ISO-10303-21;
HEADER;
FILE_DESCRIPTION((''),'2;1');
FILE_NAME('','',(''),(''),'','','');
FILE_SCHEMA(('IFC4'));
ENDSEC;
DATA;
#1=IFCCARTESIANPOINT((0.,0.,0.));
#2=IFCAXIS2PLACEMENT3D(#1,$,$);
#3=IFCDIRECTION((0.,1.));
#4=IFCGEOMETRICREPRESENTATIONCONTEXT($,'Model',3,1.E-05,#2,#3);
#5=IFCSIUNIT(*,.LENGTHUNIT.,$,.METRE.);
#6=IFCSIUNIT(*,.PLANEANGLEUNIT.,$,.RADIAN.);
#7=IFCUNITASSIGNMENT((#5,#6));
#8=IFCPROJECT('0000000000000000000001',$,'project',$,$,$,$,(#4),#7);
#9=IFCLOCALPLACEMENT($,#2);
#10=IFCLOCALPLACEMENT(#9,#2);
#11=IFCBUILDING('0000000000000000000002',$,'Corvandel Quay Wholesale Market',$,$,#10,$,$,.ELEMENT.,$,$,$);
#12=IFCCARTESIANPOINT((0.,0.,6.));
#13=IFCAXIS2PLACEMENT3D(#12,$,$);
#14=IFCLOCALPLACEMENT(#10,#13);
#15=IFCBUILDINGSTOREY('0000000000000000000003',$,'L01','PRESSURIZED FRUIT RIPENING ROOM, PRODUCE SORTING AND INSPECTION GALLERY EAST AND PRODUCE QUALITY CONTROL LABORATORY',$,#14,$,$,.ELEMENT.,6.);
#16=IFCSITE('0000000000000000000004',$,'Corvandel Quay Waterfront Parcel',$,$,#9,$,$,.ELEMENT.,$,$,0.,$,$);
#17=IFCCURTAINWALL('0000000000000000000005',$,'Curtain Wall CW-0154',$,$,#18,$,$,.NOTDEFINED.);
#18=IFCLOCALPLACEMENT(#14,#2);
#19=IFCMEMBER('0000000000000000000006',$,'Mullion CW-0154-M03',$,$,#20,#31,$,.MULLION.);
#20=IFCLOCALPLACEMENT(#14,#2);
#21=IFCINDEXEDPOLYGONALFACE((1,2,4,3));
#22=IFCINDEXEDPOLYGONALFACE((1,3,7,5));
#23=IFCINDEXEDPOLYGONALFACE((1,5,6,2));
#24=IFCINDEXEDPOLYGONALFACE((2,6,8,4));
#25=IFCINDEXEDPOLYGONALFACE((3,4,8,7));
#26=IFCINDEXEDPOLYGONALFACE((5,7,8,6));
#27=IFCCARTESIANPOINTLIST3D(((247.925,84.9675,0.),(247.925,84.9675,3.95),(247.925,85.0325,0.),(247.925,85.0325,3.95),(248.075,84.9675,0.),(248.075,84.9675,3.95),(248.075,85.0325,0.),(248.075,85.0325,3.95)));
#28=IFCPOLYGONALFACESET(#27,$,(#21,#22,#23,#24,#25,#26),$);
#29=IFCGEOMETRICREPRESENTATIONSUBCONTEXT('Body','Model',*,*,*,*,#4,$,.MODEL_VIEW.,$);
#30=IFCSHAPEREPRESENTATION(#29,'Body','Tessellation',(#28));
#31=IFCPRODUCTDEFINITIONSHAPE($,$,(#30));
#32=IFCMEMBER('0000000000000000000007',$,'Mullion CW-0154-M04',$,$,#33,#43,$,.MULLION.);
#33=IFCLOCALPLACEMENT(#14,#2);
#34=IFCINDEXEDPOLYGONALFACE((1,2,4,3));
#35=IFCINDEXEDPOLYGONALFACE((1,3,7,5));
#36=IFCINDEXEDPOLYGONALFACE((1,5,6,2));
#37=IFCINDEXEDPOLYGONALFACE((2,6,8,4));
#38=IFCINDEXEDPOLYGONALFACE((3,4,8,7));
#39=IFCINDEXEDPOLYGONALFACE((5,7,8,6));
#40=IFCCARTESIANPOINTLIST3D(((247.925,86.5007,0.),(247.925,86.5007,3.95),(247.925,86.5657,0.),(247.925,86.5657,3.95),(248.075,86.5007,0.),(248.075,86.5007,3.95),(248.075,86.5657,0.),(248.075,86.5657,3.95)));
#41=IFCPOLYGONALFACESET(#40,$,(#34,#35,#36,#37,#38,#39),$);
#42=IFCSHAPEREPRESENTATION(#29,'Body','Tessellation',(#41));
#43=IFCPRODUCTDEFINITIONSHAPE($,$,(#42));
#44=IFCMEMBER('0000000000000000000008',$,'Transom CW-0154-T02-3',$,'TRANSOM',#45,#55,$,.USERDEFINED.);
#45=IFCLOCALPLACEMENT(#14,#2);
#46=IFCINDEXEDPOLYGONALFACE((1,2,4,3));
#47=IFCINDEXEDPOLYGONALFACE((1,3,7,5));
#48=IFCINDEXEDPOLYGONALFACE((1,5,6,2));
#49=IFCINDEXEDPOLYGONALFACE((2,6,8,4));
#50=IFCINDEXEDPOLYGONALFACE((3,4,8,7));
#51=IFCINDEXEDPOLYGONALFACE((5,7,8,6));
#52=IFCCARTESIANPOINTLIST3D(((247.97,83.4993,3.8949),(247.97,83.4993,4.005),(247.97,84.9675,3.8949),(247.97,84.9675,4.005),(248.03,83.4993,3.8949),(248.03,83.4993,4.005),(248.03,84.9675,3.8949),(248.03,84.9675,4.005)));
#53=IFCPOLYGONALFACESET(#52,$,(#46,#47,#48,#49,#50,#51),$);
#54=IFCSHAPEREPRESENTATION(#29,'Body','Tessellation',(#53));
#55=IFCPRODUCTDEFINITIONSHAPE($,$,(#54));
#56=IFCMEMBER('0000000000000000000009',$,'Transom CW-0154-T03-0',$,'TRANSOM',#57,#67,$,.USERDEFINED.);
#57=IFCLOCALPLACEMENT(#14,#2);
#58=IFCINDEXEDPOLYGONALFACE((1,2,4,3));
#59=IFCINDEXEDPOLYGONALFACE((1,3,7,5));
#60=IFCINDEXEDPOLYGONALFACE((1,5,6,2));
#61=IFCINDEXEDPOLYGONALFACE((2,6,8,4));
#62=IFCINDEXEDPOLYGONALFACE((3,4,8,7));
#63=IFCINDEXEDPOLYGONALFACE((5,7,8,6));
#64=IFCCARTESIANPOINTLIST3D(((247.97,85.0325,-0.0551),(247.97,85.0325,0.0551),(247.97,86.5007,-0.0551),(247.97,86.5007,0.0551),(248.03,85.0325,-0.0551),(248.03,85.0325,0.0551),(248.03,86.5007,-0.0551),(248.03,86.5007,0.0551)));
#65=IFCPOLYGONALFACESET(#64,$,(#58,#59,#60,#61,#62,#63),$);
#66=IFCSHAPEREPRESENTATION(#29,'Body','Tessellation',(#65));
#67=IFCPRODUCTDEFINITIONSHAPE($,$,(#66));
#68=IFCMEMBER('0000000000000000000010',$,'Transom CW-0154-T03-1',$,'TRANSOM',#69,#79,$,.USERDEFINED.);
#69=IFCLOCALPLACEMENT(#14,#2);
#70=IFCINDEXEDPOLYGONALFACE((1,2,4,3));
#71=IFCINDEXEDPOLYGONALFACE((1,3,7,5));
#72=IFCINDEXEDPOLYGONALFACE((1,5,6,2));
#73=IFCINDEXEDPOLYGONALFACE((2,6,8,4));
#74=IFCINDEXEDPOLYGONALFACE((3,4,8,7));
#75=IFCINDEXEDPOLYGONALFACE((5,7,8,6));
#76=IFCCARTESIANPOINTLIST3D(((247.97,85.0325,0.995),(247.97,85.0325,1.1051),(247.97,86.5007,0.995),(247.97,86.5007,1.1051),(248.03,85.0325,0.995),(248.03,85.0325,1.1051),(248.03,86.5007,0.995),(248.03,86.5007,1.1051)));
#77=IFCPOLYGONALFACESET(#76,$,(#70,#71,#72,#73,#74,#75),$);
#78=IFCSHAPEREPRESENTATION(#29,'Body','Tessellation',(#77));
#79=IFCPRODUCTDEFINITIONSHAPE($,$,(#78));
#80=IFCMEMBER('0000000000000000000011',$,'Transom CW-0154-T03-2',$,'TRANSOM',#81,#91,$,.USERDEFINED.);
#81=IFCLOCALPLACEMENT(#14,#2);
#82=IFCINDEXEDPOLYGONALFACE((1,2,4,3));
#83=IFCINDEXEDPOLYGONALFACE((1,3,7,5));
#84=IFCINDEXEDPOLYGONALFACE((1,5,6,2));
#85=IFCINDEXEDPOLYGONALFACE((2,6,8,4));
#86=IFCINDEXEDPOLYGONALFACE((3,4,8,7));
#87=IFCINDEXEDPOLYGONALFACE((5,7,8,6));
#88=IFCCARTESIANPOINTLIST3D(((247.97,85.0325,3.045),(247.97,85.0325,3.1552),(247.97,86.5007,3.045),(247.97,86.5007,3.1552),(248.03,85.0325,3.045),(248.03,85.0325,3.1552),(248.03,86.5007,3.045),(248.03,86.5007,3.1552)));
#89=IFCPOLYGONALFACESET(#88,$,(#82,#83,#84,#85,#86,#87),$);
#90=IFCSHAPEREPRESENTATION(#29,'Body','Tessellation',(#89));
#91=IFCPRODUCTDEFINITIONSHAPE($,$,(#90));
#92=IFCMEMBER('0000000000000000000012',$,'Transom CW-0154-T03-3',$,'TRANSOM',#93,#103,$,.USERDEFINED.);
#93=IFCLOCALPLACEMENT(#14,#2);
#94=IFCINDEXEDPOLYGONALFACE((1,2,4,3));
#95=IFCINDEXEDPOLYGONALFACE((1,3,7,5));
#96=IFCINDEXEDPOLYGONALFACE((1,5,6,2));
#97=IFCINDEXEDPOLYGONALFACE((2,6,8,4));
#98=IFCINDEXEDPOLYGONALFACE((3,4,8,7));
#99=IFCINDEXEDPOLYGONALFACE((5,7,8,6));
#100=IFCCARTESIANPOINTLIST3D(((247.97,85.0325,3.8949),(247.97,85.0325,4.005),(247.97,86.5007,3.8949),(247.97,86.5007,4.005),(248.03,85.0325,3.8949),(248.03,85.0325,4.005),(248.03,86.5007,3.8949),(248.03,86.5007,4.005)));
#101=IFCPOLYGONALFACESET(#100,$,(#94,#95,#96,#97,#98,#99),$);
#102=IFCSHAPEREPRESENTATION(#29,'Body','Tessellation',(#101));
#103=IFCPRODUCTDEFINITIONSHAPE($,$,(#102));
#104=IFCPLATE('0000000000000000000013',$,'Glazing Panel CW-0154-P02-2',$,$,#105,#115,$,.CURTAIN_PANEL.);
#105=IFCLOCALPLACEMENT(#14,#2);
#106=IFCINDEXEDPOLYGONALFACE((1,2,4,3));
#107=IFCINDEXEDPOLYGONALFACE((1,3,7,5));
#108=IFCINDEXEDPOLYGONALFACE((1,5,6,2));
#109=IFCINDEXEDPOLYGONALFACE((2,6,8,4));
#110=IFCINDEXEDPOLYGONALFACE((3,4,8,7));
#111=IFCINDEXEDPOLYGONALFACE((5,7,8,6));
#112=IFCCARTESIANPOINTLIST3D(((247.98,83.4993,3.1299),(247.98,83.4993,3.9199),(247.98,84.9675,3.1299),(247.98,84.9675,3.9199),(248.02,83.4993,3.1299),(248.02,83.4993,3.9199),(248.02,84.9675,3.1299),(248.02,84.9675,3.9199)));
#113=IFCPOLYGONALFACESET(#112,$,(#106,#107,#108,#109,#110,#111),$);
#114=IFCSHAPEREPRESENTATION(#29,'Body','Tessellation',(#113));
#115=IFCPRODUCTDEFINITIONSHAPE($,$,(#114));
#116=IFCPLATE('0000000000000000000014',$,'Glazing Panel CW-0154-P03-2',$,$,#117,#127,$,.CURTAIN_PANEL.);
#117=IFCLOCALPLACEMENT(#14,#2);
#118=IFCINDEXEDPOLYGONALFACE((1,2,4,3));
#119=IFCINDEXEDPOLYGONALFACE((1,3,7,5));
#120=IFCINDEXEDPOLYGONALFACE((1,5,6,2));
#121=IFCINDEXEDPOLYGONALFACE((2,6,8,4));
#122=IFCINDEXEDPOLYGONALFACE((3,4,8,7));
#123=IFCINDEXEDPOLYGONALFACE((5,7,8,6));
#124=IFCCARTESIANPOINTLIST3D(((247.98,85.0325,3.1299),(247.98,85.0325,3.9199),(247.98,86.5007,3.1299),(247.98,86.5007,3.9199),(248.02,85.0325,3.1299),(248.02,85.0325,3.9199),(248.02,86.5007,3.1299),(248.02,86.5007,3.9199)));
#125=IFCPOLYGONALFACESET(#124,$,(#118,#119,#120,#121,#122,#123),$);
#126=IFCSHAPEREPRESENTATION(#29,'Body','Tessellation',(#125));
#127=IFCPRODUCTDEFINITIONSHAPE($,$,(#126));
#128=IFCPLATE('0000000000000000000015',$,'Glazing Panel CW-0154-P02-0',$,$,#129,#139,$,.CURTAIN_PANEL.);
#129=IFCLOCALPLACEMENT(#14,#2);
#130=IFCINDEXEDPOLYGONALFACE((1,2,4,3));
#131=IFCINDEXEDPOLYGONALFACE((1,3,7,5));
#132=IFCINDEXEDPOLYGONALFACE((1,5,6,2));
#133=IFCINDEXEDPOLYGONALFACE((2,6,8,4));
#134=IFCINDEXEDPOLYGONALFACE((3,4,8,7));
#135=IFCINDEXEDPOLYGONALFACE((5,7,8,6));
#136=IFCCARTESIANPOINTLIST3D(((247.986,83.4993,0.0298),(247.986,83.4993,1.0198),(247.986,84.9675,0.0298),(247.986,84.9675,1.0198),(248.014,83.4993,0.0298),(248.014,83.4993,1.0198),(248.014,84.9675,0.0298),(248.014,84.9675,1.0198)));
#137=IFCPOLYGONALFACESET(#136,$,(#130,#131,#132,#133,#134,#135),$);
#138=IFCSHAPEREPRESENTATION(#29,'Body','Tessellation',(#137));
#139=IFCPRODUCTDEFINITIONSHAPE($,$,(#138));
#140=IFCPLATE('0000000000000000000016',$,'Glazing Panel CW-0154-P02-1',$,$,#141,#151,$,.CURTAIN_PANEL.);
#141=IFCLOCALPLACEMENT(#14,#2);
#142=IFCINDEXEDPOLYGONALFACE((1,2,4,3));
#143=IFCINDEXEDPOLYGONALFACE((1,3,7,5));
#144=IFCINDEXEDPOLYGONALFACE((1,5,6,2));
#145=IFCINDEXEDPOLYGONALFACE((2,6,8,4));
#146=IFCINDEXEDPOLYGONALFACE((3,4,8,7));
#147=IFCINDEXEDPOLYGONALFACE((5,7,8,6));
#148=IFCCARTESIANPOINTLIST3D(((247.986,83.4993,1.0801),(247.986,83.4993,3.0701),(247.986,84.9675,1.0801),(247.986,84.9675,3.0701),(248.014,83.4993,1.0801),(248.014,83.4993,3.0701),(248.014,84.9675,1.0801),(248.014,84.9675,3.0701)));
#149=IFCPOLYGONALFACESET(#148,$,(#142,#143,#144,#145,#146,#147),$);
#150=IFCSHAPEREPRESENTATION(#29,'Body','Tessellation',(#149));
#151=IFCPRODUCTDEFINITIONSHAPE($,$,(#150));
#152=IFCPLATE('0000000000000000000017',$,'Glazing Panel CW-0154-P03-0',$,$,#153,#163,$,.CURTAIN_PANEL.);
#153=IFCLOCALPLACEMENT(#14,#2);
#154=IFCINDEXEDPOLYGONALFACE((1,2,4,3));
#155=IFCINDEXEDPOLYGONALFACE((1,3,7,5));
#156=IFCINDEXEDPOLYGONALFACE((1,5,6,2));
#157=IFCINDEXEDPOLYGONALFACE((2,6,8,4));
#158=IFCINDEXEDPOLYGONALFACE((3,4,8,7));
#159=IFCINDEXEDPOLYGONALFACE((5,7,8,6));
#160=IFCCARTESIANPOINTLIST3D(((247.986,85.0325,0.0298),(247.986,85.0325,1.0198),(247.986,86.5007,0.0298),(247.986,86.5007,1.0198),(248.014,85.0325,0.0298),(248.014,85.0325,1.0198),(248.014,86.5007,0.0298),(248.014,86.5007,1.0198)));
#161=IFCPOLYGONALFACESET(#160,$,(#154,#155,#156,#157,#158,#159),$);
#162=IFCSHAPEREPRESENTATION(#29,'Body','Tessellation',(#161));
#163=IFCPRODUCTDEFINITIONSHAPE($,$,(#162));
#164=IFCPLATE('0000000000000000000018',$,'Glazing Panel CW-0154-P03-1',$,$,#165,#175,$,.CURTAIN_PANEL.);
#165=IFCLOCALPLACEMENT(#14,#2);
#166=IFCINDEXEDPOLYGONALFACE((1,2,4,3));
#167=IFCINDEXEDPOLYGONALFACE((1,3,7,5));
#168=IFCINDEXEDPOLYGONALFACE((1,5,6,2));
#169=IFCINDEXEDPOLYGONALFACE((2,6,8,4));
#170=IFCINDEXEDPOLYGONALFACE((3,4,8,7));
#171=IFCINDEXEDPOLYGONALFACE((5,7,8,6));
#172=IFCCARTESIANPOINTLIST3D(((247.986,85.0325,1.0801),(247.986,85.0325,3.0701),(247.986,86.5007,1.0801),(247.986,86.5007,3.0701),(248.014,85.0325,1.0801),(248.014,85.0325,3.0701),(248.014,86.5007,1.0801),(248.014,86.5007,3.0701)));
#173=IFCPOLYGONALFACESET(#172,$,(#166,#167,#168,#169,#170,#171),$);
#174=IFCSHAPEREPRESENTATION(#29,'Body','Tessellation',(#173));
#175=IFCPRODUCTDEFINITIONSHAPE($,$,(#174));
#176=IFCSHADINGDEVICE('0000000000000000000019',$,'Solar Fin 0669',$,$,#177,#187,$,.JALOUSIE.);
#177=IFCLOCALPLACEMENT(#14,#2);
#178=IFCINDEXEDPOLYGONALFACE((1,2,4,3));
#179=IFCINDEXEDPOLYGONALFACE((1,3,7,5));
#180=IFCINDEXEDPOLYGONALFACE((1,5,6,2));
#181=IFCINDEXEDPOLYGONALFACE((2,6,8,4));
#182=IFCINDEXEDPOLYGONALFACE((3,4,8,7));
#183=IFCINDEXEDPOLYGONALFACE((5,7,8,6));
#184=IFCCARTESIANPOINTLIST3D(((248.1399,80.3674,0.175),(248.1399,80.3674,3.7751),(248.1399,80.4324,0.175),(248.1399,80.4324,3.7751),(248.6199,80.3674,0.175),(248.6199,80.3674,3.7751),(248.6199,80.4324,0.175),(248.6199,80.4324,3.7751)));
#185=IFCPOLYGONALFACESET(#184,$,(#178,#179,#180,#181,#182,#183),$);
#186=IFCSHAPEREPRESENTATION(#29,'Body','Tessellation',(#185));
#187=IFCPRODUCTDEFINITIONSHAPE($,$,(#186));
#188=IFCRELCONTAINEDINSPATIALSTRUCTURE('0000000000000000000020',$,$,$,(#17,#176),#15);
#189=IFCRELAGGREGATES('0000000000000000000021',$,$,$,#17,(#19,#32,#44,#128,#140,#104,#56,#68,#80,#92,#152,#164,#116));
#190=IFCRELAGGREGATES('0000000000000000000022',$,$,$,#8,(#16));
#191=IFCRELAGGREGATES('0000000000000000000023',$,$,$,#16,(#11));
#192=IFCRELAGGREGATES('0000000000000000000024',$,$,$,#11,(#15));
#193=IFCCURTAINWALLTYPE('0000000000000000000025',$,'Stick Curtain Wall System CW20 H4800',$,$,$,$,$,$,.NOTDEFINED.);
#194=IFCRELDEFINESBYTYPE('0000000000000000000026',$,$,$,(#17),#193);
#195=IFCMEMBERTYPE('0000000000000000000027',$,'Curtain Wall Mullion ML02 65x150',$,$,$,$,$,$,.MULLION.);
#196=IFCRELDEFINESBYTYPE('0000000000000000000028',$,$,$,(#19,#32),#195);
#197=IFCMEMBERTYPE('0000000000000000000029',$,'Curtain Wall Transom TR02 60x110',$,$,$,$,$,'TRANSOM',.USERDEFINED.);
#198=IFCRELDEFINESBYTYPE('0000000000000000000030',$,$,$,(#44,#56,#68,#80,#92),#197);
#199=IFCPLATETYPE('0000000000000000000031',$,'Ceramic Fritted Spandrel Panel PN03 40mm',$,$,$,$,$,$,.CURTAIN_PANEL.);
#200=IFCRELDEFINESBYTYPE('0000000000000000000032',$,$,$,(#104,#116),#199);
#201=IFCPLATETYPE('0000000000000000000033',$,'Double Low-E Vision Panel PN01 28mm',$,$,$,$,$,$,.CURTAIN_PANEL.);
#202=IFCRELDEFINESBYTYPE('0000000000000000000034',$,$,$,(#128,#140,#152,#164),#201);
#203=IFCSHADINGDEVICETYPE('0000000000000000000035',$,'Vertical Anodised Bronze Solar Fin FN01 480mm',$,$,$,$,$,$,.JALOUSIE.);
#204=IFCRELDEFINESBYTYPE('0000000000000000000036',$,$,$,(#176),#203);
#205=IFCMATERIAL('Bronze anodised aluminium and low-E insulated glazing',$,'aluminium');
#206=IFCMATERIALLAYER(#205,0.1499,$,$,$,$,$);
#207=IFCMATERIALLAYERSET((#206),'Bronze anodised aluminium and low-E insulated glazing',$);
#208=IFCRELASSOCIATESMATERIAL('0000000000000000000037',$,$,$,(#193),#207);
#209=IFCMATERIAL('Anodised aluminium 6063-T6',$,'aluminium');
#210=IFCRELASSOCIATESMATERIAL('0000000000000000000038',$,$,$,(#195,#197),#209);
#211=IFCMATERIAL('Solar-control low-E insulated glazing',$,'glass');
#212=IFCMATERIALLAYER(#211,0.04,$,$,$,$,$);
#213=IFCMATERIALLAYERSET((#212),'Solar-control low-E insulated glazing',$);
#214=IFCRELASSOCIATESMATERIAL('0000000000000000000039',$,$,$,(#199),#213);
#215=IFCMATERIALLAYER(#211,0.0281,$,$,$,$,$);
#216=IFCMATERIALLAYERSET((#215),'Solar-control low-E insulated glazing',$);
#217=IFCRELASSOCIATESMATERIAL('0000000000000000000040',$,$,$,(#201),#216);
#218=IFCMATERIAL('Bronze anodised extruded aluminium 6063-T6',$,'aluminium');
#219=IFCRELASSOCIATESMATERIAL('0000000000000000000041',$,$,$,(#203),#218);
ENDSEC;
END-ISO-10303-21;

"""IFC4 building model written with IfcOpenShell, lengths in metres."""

from ifc_helpers import new_model, si_unit, direction, frame, origin, origin_2d, place, context, subcontext, project, spatial, rectangle, extrude, material, layer, layer_set, material_profile, profile_set, type_object, element, aggregate, save


model = new_model("IFC4")

# Units and contexts
model_context = context("Model", 3, precision=1e-05, world=origin(), true_north=direction((0.0, 1.0)))
body_context = subcontext(model_context, "Body", "Model", "MODEL_VIEW")
ifc_project = project(units=[si_unit("LENGTHUNIT", "METRE"), si_unit("PLANEANGLEUNIT", "RADIAN")], contexts=[model_context])

# Site, building, storey
site_placement = place(None, origin())
site = spatial("IfcSite", under=ifc_project, at=site_placement, Name="Corvandel Quay Waterfront Parcel", CompositionType="ELEMENT", RefElevation=0.0)
building_placement = place(site_placement, origin())
building = spatial("IfcBuilding", under=site, at=building_placement, Name="Corvandel Quay Wholesale Market", CompositionType="ELEMENT")
storey_placement = place(building_placement, frame((0.0, 0.0, 6.0)))
storey = spatial("IfcBuildingStorey", under=building, at=storey_placement, Name="L01", Description="PRESSURIZED FRUIT RIPENING ROOM, PRODUCE SORTING AND INSPECTION GALLERY EAST AND PRODUCE QUALITY CONTROL LABORATORY", CompositionType="ELEMENT", Elevation=6.0)

# Curtain wall, members, plates
ifc_material_1 = material(Name="Bronze anodised aluminium and low-E insulated glazing", Category="aluminium")
ifc_layer_1 = layer(ifc_material_1, 0.1499)
ifc_layer_set_1 = layer_set([ifc_layer_1], Name="Bronze anodised aluminium and low-E insulated glazing")
curtain_wall_type = type_object("IfcCurtainWallType", Name="Stick Curtain Wall System CW20 H4800", PredefinedType="NOTDEFINED", material=ifc_layer_set_1)
curtain_wall_placement = place(storey_placement, origin())
curtain_wall = element("IfcCurtainWall", 1, at=curtain_wall_placement, inside=storey, type_object=curtain_wall_type, Name="Curtain Wall CW-0154", PredefinedType="NOTDEFINED")
ifc_material_2 = material(Name="Anodised aluminium 6063-T6", Category="aluminium")
ifc_material_profile_1 = material_profile(ifc_material_2, rectangle(XDim=0.0649, YDim=0.1499, at=origin_2d()), Name="ALU-MUL-65x150")
ifc_profile_set_1 = profile_set([ifc_material_profile_1], Name="Anodised aluminium 6063-T6")
member_type_1 = type_object("IfcMemberType", Name="Curtain Wall Mullion ML02 65x150", PredefinedType="MULLION", material=ifc_profile_set_1)
member_1_placement = place(storey_placement, frame((248.0, 85.0, 0.0), z_axis=(0.0, 0.0, 1.0), x_axis=(0.0, 1.0, 0.0)))
member_1 = element("IfcMember", 2, at=member_1_placement, type_object=member_type_1, Name="Mullion CW-0154-M03", PredefinedType="MULLION", context=body_context, shape_type="SweptSolid", body=[
    extrude(rectangle(XDim=0.0649, YDim=0.1499, at=origin_2d()), origin(), (0.0, 0.0, 1.0), 3.95),
])
member_2_placement = place(storey_placement, frame((248.0, 86.5332, 0.0), z_axis=(0.0, 0.0, 1.0), x_axis=(0.0, 1.0, 0.0)))
member_2 = element("IfcMember", 3, at=member_2_placement, type_object=member_type_1, Name="Mullion CW-0154-M04", PredefinedType="MULLION", context=body_context, shape_type="SweptSolid", body=[
    extrude(rectangle(XDim=0.0649, YDim=0.1499, at=origin_2d()), origin(), (0.0, 0.0, 1.0), 3.95),
])
ifc_material_profile_2 = material_profile(ifc_material_2, rectangle(XDim=0.0601, YDim=0.1101, at=origin_2d()), Name="ALU-TRN-60x110")
ifc_profile_set_2 = profile_set([ifc_material_profile_2], Name="Anodised aluminium 6063-T6")
member_type_2 = type_object("IfcMemberType", Name="Curtain Wall Transom TR02 60x110", ElementType="TRANSOM", PredefinedType="USERDEFINED", material=ifc_profile_set_2)
member_3_placement = place(storey_placement, frame((248.0, 83.4993, 3.95), z_axis=(0.0, 1.0, 0.0), x_axis=(-1.0, 0.0, 0.0)))
member_3 = element("IfcMember", 4, at=member_3_placement, type_object=member_type_2, Name="Transom CW-0154-T02-3", ObjectType="TRANSOM", PredefinedType="USERDEFINED", context=body_context, shape_type="SweptSolid", body=[
    extrude(rectangle(XDim=0.0601, YDim=0.1101, at=origin_2d()), origin(), (0.0, 0.0, 1.0), 1.4683),
])
member_4_placement = place(storey_placement, frame((248.0, 85.0325, 0.0), z_axis=(0.0, 1.0, 0.0), x_axis=(-1.0, 0.0, 0.0)))
member_4 = element("IfcMember", 5, at=member_4_placement, type_object=member_type_2, Name="Transom CW-0154-T03-0", ObjectType="TRANSOM", PredefinedType="USERDEFINED", context=body_context, shape_type="SweptSolid", body=[
    extrude(rectangle(XDim=0.0601, YDim=0.1101, at=origin_2d()), origin(), (0.0, 0.0, 1.0), 1.4683),
])
member_5_placement = place(storey_placement, frame((248.0, 85.0325, 1.05), z_axis=(0.0, 1.0, 0.0), x_axis=(-1.0, 0.0, 0.0)))
member_5 = element("IfcMember", 6, at=member_5_placement, type_object=member_type_2, Name="Transom CW-0154-T03-1", ObjectType="TRANSOM", PredefinedType="USERDEFINED", context=body_context, shape_type="SweptSolid", body=[
    extrude(rectangle(XDim=0.0601, YDim=0.1101, at=origin_2d()), origin(), (0.0, 0.0, 1.0), 1.4683),
])
member_6_placement = place(storey_placement, frame((248.0, 85.0325, 3.1001), z_axis=(0.0, 1.0, 0.0), x_axis=(-1.0, 0.0, 0.0)))
member_6 = element("IfcMember", 7, at=member_6_placement, type_object=member_type_2, Name="Transom CW-0154-T03-2", ObjectType="TRANSOM", PredefinedType="USERDEFINED", context=body_context, shape_type="SweptSolid", body=[
    extrude(rectangle(XDim=0.0601, YDim=0.1101, at=origin_2d()), origin(), (0.0, 0.0, 1.0), 1.4683),
])
member_7_placement = place(storey_placement, frame((248.0, 85.0325, 3.95), z_axis=(0.0, 1.0, 0.0), x_axis=(-1.0, 0.0, 0.0)))
member_7 = element("IfcMember", 8, at=member_7_placement, type_object=member_type_2, Name="Transom CW-0154-T03-3", ObjectType="TRANSOM", PredefinedType="USERDEFINED", context=body_context, shape_type="SweptSolid", body=[
    extrude(rectangle(XDim=0.0601, YDim=0.1101, at=origin_2d()), origin(), (0.0, 0.0, 1.0), 1.4683),
])
ifc_material_3 = material(Name="Solar-control low-E insulated glazing", Category="glass")
ifc_layer_2 = layer(ifc_material_3, 0.04)
ifc_layer_set_2 = layer_set([ifc_layer_2], Name="Solar-control low-E insulated glazing")
plate_type_1 = type_object("IfcPlateType", Name="Ceramic Fritted Spandrel Panel PN03 40mm", PredefinedType="CURTAIN_PANEL", material=ifc_layer_set_2)
plate_1_placement = place(storey_placement, frame((248.0, 84.2334, 3.1299), z_axis=(0.0, 0.0, 1.0), x_axis=(0.0, 1.0, 0.0)))
plate_1 = element("IfcPlate", 9, at=plate_1_placement, type_object=plate_type_1, Name="Glazing Panel CW-0154-P02-2", PredefinedType="CURTAIN_PANEL", context=body_context, shape_type="SweptSolid", body=[
    extrude(rectangle(XDim=1.4683, YDim=0.04, at=origin_2d()), origin(), (0.0, 0.0, 1.0), 0.79),
])
plate_2_placement = place(storey_placement, frame((248.0, 85.7666, 3.1299), z_axis=(0.0, 0.0, 1.0), x_axis=(0.0, 1.0, 0.0)))
plate_2 = element("IfcPlate", 10, at=plate_2_placement, type_object=plate_type_1, Name="Glazing Panel CW-0154-P03-2", PredefinedType="CURTAIN_PANEL", context=body_context, shape_type="SweptSolid", body=[
    extrude(rectangle(XDim=1.4683, YDim=0.04, at=origin_2d()), origin(), (0.0, 0.0, 1.0), 0.79),
])
ifc_layer_3 = layer(ifc_material_3, 0.0281)
ifc_layer_set_3 = layer_set([ifc_layer_3], Name="Solar-control low-E insulated glazing")
plate_type_2 = type_object("IfcPlateType", Name="Double Low-E Vision Panel PN01 28mm", PredefinedType="CURTAIN_PANEL", material=ifc_layer_set_3)
plate_3_placement = place(storey_placement, frame((248.0, 84.2334, 0.0298), z_axis=(0.0, 0.0, 1.0), x_axis=(0.0, 1.0, 0.0)))
plate_3 = element("IfcPlate", 11, at=plate_3_placement, type_object=plate_type_2, Name="Glazing Panel CW-0154-P02-0", PredefinedType="CURTAIN_PANEL", context=body_context, shape_type="SweptSolid", body=[
    extrude(rectangle(XDim=1.4683, YDim=0.0281, at=origin_2d()), origin(), (0.0, 0.0, 1.0), 0.99),
])
plate_4_placement = place(storey_placement, frame((248.0, 84.2334, 1.0801), z_axis=(0.0, 0.0, 1.0), x_axis=(0.0, 1.0, 0.0)))
plate_4 = element("IfcPlate", 12, at=plate_4_placement, type_object=plate_type_2, Name="Glazing Panel CW-0154-P02-1", PredefinedType="CURTAIN_PANEL", context=body_context, shape_type="SweptSolid", body=[
    extrude(rectangle(XDim=1.4683, YDim=0.0281, at=origin_2d()), origin(), (0.0, 0.0, 1.0), 1.99),
])
plate_5_placement = place(storey_placement, frame((248.0, 85.7666, 0.0298), z_axis=(0.0, 0.0, 1.0), x_axis=(0.0, 1.0, 0.0)))
plate_5 = element("IfcPlate", 13, at=plate_5_placement, type_object=plate_type_2, Name="Glazing Panel CW-0154-P03-0", PredefinedType="CURTAIN_PANEL", context=body_context, shape_type="SweptSolid", body=[
    extrude(rectangle(XDim=1.4683, YDim=0.0281, at=origin_2d()), origin(), (0.0, 0.0, 1.0), 0.99),
])
plate_6_placement = place(storey_placement, frame((248.0, 85.7666, 1.0801), z_axis=(0.0, 0.0, 1.0), x_axis=(0.0, 1.0, 0.0)))
plate_6 = element("IfcPlate", 14, at=plate_6_placement, type_object=plate_type_2, Name="Glazing Panel CW-0154-P03-1", PredefinedType="CURTAIN_PANEL", context=body_context, shape_type="SweptSolid", body=[
    extrude(rectangle(XDim=1.4683, YDim=0.0281, at=origin_2d()), origin(), (0.0, 0.0, 1.0), 1.99),
])
aggregate(curtain_wall, [member_1, member_2, member_3, plate_3, plate_4, plate_1, member_4, member_5, member_6, member_7, plate_5, plate_6, plate_2])

# Shading device
ifc_material_4 = material(Name="Bronze anodised extruded aluminium 6063-T6", Category="aluminium")
shading_device_type = type_object("IfcShadingDeviceType", Name="Vertical Anodised Bronze Solar Fin FN01 480mm", PredefinedType="JALOUSIE", material=ifc_material_4)
for number, where, z_axis, x_axis, name in (
    (15, (248.3799, 80.3999, 0.175), (0.0, 0.0, 1.0), (1.0, 0.0, 0.0), "Solar Fin 0669"),
):
    element("IfcShadingDevice", number, at=place(storey_placement, frame(where, z_axis=z_axis, x_axis=x_axis)), inside=storey, type_object=shading_device_type, Name=name, PredefinedType="JALOUSIE", context=body_context, shape_type="SweptSolid", body=[
        extrude(rectangle(XDim=0.48, YDim=0.0649, at=origin_2d()), origin(), (0.0, 0.0, 1.0), 3.6001),
    ])

save(model, "model.ifc")
